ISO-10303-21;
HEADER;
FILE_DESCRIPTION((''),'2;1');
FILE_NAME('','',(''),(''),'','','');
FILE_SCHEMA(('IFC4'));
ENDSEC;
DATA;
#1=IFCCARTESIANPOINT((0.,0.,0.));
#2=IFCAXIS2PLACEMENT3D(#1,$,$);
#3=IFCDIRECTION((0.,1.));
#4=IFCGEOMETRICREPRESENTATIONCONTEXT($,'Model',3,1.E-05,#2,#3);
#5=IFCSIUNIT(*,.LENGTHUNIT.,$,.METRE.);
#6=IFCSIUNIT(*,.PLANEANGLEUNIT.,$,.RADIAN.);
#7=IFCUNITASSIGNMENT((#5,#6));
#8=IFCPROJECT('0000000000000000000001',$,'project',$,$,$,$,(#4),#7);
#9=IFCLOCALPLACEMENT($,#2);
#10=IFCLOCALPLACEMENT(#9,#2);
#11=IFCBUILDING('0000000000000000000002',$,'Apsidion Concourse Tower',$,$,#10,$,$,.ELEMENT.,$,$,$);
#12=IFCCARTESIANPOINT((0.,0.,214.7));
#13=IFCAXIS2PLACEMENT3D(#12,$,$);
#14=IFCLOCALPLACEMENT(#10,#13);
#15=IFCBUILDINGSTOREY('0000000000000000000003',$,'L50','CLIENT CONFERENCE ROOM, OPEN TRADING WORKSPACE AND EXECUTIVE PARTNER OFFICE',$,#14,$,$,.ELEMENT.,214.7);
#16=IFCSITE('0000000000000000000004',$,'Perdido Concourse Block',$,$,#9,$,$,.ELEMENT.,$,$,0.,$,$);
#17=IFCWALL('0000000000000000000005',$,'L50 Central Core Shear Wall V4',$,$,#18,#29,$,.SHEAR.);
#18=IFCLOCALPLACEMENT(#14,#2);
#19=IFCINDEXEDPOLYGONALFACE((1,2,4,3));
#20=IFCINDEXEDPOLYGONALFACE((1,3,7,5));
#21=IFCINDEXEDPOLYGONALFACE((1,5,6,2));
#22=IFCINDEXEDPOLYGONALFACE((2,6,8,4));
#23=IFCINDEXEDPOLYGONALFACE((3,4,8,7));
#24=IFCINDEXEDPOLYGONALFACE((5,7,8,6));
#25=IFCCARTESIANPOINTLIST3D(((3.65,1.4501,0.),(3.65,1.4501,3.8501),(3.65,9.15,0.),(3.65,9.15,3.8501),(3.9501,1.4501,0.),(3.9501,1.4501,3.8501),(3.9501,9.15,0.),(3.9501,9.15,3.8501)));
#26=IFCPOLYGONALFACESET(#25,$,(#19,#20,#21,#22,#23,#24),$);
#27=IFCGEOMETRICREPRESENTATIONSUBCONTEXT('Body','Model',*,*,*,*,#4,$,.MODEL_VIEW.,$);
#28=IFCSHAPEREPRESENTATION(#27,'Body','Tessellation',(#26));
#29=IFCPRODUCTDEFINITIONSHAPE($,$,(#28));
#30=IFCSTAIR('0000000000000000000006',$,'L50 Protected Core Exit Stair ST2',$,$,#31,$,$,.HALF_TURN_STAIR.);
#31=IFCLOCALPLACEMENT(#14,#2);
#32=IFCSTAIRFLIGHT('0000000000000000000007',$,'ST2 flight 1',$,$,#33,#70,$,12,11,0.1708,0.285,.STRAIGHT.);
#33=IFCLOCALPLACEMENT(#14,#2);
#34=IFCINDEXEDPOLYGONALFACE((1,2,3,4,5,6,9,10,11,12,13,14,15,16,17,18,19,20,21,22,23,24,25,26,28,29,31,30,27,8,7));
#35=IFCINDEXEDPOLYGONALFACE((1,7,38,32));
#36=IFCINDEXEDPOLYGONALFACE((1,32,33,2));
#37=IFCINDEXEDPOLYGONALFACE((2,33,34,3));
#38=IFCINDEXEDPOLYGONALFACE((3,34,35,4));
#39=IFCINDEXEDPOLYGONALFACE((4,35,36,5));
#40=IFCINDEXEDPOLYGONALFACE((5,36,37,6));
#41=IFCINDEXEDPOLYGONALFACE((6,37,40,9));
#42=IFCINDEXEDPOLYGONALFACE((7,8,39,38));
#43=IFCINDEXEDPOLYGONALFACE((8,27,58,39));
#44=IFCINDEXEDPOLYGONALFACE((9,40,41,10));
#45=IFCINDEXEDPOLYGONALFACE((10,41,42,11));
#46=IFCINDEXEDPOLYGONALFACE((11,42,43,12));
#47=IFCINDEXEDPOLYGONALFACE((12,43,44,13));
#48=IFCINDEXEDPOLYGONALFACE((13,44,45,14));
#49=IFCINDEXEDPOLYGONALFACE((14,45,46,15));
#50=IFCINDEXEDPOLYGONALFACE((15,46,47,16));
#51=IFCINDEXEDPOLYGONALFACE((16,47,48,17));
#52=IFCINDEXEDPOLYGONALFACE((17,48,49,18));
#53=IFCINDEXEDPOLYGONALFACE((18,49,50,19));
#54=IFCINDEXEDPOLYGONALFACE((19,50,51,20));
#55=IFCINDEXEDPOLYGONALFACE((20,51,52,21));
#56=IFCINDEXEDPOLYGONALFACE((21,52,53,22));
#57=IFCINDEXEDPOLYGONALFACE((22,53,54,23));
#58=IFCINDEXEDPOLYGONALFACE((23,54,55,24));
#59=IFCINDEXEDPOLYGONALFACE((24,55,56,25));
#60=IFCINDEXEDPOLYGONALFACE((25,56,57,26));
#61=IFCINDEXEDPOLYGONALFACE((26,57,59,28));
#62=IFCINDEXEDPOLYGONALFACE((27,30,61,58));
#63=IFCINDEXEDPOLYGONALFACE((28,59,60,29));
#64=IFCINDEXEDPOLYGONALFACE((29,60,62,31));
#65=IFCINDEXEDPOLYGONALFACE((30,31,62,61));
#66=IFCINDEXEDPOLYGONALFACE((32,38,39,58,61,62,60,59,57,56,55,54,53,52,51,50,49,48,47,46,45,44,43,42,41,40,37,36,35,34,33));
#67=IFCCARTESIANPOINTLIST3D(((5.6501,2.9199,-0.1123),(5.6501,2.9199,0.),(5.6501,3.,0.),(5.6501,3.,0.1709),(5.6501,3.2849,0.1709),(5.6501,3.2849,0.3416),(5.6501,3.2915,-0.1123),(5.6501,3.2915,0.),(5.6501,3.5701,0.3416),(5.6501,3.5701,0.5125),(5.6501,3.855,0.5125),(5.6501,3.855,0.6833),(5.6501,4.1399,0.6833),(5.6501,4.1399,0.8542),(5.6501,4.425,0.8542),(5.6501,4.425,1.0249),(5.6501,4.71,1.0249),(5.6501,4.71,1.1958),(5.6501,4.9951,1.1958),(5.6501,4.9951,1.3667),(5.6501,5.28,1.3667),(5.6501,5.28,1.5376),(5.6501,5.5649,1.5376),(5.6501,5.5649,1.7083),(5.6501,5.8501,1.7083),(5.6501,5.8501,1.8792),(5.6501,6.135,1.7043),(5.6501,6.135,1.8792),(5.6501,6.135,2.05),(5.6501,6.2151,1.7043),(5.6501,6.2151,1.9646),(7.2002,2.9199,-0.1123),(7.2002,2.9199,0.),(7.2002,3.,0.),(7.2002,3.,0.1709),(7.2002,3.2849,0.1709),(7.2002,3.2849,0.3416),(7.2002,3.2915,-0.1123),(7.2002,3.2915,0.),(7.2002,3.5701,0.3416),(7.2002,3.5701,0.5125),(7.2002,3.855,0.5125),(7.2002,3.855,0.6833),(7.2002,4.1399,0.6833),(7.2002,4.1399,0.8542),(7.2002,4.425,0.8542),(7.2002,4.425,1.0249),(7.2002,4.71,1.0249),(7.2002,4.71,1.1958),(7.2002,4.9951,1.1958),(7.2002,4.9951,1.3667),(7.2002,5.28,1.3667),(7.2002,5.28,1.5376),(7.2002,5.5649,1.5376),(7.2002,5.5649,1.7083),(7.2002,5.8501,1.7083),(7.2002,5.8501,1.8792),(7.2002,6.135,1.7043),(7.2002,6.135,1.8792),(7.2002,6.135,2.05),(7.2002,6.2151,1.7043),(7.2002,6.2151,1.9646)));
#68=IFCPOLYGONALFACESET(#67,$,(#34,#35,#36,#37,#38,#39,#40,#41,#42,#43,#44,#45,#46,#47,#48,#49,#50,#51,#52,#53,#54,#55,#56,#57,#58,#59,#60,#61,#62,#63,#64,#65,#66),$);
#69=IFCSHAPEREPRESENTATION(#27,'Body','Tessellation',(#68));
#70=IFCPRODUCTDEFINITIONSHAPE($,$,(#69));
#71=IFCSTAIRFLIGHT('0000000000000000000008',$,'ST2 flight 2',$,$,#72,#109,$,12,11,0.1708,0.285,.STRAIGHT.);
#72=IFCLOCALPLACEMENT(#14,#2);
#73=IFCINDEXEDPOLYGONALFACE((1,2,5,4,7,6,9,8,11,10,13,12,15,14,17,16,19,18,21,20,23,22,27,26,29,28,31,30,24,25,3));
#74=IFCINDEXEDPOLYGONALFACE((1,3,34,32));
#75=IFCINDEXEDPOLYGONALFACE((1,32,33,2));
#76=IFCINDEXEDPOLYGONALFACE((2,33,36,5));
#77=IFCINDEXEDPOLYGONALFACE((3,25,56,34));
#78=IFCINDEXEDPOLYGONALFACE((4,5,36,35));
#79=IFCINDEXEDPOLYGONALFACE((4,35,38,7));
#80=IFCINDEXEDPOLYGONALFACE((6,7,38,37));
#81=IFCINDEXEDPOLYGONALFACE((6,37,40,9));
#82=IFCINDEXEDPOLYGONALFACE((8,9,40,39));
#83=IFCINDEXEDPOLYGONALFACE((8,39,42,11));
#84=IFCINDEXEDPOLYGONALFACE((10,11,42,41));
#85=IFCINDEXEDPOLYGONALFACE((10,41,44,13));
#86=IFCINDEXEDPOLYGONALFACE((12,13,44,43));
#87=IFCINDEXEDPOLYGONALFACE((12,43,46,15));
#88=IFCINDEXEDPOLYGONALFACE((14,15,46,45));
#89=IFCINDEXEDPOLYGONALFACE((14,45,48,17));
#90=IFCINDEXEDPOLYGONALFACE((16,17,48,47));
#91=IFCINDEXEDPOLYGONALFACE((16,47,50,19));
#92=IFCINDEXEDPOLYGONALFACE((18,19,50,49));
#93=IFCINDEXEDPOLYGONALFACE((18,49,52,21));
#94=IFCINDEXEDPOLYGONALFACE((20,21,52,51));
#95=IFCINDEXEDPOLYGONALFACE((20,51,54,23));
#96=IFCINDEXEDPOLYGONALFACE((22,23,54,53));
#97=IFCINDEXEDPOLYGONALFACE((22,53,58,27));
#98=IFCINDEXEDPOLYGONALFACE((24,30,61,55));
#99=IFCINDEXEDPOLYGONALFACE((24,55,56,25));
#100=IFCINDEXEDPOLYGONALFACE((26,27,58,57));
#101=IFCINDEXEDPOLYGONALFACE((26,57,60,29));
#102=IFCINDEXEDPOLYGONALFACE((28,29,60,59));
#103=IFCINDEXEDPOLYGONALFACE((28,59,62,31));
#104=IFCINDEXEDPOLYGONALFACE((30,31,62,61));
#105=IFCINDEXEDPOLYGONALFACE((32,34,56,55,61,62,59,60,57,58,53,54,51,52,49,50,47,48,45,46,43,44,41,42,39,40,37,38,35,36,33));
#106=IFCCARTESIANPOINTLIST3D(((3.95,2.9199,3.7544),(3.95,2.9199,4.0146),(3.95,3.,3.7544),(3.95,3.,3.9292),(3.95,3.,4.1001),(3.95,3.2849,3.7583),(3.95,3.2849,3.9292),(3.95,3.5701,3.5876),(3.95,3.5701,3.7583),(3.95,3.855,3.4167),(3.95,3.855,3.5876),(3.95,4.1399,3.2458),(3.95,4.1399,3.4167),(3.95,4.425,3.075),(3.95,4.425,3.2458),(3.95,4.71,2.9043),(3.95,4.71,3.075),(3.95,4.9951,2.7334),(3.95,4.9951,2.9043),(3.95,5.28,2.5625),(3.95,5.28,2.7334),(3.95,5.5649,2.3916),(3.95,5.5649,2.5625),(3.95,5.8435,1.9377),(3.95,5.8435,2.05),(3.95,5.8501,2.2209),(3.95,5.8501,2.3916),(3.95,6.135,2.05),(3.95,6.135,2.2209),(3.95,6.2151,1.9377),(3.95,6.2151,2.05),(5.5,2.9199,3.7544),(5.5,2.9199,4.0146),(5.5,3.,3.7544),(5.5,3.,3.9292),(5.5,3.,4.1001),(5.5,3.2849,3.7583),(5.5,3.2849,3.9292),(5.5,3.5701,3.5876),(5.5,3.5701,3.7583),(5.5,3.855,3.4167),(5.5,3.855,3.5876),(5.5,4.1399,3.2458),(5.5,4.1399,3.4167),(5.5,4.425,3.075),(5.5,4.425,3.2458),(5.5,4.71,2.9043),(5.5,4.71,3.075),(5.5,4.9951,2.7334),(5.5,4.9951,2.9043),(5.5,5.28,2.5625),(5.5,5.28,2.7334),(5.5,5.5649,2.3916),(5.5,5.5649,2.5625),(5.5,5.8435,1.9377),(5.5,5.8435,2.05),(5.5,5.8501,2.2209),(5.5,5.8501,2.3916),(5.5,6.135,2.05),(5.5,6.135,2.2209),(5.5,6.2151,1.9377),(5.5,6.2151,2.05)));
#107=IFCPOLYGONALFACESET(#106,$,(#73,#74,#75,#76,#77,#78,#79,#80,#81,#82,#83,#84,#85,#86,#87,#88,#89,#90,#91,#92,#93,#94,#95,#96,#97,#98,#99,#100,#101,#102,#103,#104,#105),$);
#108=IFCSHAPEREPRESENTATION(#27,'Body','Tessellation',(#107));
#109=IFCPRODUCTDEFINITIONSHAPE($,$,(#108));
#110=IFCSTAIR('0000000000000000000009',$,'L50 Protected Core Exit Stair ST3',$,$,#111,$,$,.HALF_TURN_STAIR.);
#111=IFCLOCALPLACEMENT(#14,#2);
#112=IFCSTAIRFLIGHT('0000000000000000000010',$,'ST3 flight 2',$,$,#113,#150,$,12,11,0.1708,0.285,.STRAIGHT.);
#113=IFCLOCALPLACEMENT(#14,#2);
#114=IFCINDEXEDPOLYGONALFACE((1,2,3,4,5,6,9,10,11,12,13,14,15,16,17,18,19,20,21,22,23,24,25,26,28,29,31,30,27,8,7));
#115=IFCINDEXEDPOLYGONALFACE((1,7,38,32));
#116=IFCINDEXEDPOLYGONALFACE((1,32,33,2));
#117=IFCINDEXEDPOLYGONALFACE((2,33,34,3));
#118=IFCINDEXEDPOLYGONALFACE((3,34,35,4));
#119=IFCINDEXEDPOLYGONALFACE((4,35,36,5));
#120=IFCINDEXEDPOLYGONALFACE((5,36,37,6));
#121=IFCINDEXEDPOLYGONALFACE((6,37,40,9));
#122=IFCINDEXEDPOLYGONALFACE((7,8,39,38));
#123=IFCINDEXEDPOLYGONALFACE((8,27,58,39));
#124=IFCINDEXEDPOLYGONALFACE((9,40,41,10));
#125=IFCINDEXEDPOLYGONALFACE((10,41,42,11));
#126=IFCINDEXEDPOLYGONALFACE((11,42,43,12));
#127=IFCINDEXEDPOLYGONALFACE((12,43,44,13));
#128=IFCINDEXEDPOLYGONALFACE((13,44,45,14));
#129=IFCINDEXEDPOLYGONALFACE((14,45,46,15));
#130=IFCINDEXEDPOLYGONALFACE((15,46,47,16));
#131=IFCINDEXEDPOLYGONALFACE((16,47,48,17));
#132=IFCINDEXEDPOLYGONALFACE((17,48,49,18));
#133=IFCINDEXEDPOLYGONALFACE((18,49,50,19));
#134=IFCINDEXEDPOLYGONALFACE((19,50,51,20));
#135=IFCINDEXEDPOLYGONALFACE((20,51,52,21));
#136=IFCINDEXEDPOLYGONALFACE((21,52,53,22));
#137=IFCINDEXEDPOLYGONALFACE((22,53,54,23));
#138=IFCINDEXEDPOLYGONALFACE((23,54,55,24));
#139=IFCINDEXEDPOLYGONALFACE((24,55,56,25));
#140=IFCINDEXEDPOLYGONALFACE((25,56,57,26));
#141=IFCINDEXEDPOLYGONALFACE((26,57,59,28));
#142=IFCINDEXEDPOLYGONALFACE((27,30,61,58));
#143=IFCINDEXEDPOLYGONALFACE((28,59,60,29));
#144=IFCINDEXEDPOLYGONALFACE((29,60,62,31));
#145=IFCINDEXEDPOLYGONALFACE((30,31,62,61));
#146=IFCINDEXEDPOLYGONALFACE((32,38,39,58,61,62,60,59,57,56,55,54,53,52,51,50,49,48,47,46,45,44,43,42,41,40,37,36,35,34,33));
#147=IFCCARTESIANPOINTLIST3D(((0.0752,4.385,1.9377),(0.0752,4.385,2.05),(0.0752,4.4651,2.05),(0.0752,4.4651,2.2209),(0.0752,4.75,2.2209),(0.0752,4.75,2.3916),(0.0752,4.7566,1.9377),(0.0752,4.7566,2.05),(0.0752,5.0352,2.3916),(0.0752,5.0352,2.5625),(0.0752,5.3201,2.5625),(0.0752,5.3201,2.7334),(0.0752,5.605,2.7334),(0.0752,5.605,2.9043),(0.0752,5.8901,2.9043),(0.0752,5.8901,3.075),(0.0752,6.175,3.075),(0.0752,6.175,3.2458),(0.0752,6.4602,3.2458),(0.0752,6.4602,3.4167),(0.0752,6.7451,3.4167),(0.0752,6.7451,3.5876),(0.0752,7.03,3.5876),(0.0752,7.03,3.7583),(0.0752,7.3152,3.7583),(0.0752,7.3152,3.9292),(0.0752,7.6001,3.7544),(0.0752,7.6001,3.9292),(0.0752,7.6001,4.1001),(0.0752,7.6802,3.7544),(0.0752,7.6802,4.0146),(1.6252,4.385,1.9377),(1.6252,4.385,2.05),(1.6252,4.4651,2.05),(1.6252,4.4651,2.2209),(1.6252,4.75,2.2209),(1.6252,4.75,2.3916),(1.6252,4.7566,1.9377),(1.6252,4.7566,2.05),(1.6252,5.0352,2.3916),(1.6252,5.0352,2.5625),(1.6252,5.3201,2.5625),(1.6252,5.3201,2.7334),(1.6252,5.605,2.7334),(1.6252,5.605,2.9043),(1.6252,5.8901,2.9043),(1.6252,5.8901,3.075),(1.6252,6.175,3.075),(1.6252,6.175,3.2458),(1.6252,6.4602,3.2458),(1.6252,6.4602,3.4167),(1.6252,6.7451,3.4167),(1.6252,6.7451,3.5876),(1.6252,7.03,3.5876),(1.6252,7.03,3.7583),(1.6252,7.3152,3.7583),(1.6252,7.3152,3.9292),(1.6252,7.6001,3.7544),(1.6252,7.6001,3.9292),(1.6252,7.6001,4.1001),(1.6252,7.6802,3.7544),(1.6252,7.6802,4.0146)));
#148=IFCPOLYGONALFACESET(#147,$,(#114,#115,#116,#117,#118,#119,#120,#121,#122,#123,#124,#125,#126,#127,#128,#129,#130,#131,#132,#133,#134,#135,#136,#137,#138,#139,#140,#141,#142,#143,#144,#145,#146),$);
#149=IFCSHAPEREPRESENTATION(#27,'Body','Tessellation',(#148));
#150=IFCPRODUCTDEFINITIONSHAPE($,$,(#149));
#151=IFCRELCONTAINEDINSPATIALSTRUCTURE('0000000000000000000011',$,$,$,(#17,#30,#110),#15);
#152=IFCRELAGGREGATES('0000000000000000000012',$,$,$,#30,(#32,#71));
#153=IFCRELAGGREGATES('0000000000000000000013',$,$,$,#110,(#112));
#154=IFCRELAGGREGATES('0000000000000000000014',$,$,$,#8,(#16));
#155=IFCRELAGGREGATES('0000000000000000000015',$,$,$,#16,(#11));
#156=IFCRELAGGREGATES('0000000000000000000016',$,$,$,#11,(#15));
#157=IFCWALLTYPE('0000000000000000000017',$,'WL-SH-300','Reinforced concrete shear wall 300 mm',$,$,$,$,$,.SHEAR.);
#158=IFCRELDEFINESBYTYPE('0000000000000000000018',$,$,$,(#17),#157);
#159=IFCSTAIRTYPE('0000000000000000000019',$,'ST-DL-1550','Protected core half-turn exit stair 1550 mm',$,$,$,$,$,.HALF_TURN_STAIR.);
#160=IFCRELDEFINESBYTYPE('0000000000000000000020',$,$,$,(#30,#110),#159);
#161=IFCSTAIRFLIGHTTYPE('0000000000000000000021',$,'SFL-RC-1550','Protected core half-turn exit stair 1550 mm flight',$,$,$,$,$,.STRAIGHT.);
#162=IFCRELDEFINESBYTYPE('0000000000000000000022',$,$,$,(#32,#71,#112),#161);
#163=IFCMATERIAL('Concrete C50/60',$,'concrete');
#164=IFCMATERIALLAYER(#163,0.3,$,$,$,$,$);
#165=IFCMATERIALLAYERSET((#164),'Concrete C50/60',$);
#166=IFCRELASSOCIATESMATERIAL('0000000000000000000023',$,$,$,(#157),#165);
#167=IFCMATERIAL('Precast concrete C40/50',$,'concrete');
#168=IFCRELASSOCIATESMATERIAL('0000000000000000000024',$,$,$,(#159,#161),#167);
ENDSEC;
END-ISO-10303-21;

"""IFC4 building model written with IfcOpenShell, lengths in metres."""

from ifc_helpers import new_model, si_unit, direction, frame, frame_2d, origin, place, context, subcontext, project, spatial, polyline, rectangle, outline, extrude, material, layer, layer_set, type_object, element, aggregate, save


model = new_model("IFC4")

# Units and contexts
model_context = context("Model", 3, precision=1e-05, world=origin(), true_north=direction((0.0, 1.0)))
body_context = subcontext(model_context, "Body", "Model", "MODEL_VIEW")
ifc_project = project(units=[si_unit("LENGTHUNIT", "METRE"), si_unit("PLANEANGLEUNIT", "RADIAN")], contexts=[model_context])

# Site, building, storey
site_placement = place(None, origin())
site = spatial("IfcSite", under=ifc_project, at=site_placement, Name="Perdido Concourse Block", CompositionType="ELEMENT", RefElevation=0.0)
building_placement = place(site_placement, origin())
building = spatial("IfcBuilding", under=site, at=building_placement, Name="Apsidion Concourse Tower", CompositionType="ELEMENT")
storey_placement = place(building_placement, frame((0.0, 0.0, 214.7)))
storey = spatial("IfcBuildingStorey", under=building, at=storey_placement, Name="L50", Description="CLIENT CONFERENCE ROOM, OPEN TRADING WORKSPACE AND EXECUTIVE PARTNER OFFICE", CompositionType="ELEMENT", Elevation=214.7)

# Shared definitions
ifc_material_1 = material(Name="Concrete C50/60", Category="concrete")

# Wall
ifc_layer_1 = layer(ifc_material_1, 0.3)
ifc_layer_set_1 = layer_set([ifc_layer_1], Name="Concrete C50/60")
wall_type_1 = type_object("IfcWallType", Name="WL-SH-300", Description="Reinforced concrete shear wall 300 mm", PredefinedType="SHEAR", material=ifc_layer_set_1)
for number, where, z_axis, x_axis, name in (
    (1, (3.8, 1.45, 0.0), (0.0, 0.0, 1.0), (0.0, 1.0, 0.0), "L50 Central Core Shear Wall V4"),
):
    element("IfcWall", number, at=place(storey_placement, frame(where, z_axis=z_axis, x_axis=x_axis)), inside=storey, type_object=wall_type_1, Name=name, PredefinedType="SHEAR", context=body_context, shape_type="SweptSolid", body=[
        extrude(rectangle(XDim=7.7, YDim=0.3, at=frame_2d((3.8501, 0.0))), origin(), (0.0, 0.0, 1.0), 3.8501),
    ])

# Stair, stair flights
ifc_material_2 = material(Name="Precast concrete C40/50", Category="concrete")
stair_type = type_object("IfcStairType", Name="ST-DL-1550", Description="Protected core half-turn exit stair 1550 mm", PredefinedType="HALF_TURN_STAIR", material=ifc_material_2)
stair_1_placement = place(storey_placement, origin())
stair_1 = element("IfcStair", 2, at=stair_1_placement, inside=storey, type_object=stair_type, Name="L50 Protected Core Exit Stair ST2", PredefinedType="HALF_TURN_STAIR")
stair_flight_type = type_object("IfcStairFlightType", Name="SFL-RC-1550", Description="Protected core half-turn exit stair 1550 mm flight", PredefinedType="STRAIGHT", material=ifc_material_2)
stair_flight_1_placement = place(storey_placement, frame((6.425, 3.0, 0.0), z_axis=(0.0, 0.0, 1.0), x_axis=(0.0, 1.0, 0.0)))
stair_flight_1 = element("IfcStairFlight", 3, at=stair_flight_1_placement, type_object=stair_flight_type, Name="ST2 flight 1", NumberOfRisers=12, NumberOfTreads=11, PredefinedType="STRAIGHT", RiserHeight=0.1708, TreadLength=0.285, context=body_context, shape_type="SweptSolid", body=[
    extrude(outline(polyline([(-0.0801, -0.1123), (-0.0801, 0.0), (0.0, 0.0), (0.0, 0.1709), (0.2849, 0.1709), (0.2849, 0.3416), (0.5701, 0.3416), (0.5701, 0.5125), (0.855, 0.5125), (0.855, 0.6833), (1.1399, 0.6833), (1.1399, 0.8542), (1.425, 0.8542), (1.425, 1.0249), (1.71, 1.0249), (1.71, 1.1958), (1.9951, 1.1958), (1.9951, 1.3667), (2.28, 1.3667), (2.28, 1.5376), (2.5649, 1.5376), (2.5649, 1.7083), (2.8501, 1.7083), (2.8501, 1.8792), (3.135, 1.8792), (3.135, 2.05), (3.2151, 1.9646), (3.2151, 1.7043), (3.135, 1.7043), (0.2915, 0.0), (0.2915, -0.1123), (-0.0801, -0.1123)])), frame((0.0, 0.7749, 0.0), z_axis=(0.0, -1.0, 0.0), x_axis=(1.0, 0.0, 0.0)), (0.0, 0.0, 1.0), 1.55),
])
stair_flight_2_placement = place(storey_placement, frame((4.7251, 6.135, 2.05), z_axis=(0.0, 0.0, 1.0), x_axis=(0.0, -1.0, 0.0)))
stair_flight_2 = element("IfcStairFlight", 4, at=stair_flight_2_placement, type_object=stair_flight_type, Name="ST2 flight 2", NumberOfRisers=12, NumberOfTreads=11, PredefinedType="STRAIGHT", RiserHeight=0.1708, TreadLength=0.285, context=body_context, shape_type="SweptSolid", body=[
    extrude(outline(polyline([(-0.0801, -0.1123), (-0.0801, 0.0), (0.0, 0.0), (0.0, 0.1709), (0.2849, 0.1709), (0.2849, 0.3416), (0.5701, 0.3416), (0.5701, 0.5125), (0.855, 0.5125), (0.855, 0.6833), (1.1399, 0.6833), (1.1399, 0.8542), (1.425, 0.8542), (1.425, 1.0249), (1.71, 1.0249), (1.71, 1.1958), (1.9951, 1.1958), (1.9951, 1.3667), (2.28, 1.3667), (2.28, 1.5376), (2.5649, 1.5376), (2.5649, 1.7083), (2.8501, 1.7083), (2.8501, 1.8792), (3.135, 1.8792), (3.135, 2.05), (3.2151, 1.9646), (3.2151, 1.7043), (3.135, 1.7043), (0.2915, 0.0), (0.2915, -0.1123), (-0.0801, -0.1123)])), frame((0.0, 0.7749, 0.0), z_axis=(0.0, -1.0, 0.0), x_axis=(1.0, 0.0, 0.0)), (0.0, 0.0, 1.0), 1.55),
])
aggregate(stair_1, [stair_flight_1, stair_flight_2])

# Stair, stair flight
stair_2_placement = place(storey_placement, origin())
stair_2 = element("IfcStair", 5, at=stair_2_placement, inside=storey, type_object=stair_type, Name="L50 Protected Core Exit Stair ST3", PredefinedType="HALF_TURN_STAIR")
stair_flight_3_placement = place(storey_placement, frame((0.8501, 4.4651, 2.05), z_axis=(0.0, 0.0, 1.0), x_axis=(0.0, 1.0, 0.0)))
stair_flight_3 = element("IfcStairFlight", 6, at=stair_flight_3_placement, type_object=stair_flight_type, Name="ST3 flight 2", NumberOfRisers=12, NumberOfTreads=11, PredefinedType="STRAIGHT", RiserHeight=0.1708, TreadLength=0.285, context=body_context, shape_type="SweptSolid", body=[
    extrude(outline(polyline([(-0.0801, -0.1123), (-0.0801, 0.0), (0.0, 0.0), (0.0, 0.1709), (0.2849, 0.1709), (0.2849, 0.3416), (0.5701, 0.3416), (0.5701, 0.5125), (0.855, 0.5125), (0.855, 0.6833), (1.1399, 0.6833), (1.1399, 0.8542), (1.425, 0.8542), (1.425, 1.0249), (1.71, 1.0249), (1.71, 1.1958), (1.9951, 1.1958), (1.9951, 1.3667), (2.28, 1.3667), (2.28, 1.5376), (2.5649, 1.5376), (2.5649, 1.7083), (2.8501, 1.7083), (2.8501, 1.8792), (3.135, 1.8792), (3.135, 2.05), (3.2151, 1.9646), (3.2151, 1.7043), (3.135, 1.7043), (0.2915, 0.0), (0.2915, -0.1123), (-0.0801, -0.1123)])), frame((0.0, 0.7749, 0.0), z_axis=(0.0, -1.0, 0.0), x_axis=(1.0, 0.0, 0.0)), (0.0, 0.0, 1.0), 1.55),
])
aggregate(stair_2, [stair_flight_3])

save(model, "model.ifc")
